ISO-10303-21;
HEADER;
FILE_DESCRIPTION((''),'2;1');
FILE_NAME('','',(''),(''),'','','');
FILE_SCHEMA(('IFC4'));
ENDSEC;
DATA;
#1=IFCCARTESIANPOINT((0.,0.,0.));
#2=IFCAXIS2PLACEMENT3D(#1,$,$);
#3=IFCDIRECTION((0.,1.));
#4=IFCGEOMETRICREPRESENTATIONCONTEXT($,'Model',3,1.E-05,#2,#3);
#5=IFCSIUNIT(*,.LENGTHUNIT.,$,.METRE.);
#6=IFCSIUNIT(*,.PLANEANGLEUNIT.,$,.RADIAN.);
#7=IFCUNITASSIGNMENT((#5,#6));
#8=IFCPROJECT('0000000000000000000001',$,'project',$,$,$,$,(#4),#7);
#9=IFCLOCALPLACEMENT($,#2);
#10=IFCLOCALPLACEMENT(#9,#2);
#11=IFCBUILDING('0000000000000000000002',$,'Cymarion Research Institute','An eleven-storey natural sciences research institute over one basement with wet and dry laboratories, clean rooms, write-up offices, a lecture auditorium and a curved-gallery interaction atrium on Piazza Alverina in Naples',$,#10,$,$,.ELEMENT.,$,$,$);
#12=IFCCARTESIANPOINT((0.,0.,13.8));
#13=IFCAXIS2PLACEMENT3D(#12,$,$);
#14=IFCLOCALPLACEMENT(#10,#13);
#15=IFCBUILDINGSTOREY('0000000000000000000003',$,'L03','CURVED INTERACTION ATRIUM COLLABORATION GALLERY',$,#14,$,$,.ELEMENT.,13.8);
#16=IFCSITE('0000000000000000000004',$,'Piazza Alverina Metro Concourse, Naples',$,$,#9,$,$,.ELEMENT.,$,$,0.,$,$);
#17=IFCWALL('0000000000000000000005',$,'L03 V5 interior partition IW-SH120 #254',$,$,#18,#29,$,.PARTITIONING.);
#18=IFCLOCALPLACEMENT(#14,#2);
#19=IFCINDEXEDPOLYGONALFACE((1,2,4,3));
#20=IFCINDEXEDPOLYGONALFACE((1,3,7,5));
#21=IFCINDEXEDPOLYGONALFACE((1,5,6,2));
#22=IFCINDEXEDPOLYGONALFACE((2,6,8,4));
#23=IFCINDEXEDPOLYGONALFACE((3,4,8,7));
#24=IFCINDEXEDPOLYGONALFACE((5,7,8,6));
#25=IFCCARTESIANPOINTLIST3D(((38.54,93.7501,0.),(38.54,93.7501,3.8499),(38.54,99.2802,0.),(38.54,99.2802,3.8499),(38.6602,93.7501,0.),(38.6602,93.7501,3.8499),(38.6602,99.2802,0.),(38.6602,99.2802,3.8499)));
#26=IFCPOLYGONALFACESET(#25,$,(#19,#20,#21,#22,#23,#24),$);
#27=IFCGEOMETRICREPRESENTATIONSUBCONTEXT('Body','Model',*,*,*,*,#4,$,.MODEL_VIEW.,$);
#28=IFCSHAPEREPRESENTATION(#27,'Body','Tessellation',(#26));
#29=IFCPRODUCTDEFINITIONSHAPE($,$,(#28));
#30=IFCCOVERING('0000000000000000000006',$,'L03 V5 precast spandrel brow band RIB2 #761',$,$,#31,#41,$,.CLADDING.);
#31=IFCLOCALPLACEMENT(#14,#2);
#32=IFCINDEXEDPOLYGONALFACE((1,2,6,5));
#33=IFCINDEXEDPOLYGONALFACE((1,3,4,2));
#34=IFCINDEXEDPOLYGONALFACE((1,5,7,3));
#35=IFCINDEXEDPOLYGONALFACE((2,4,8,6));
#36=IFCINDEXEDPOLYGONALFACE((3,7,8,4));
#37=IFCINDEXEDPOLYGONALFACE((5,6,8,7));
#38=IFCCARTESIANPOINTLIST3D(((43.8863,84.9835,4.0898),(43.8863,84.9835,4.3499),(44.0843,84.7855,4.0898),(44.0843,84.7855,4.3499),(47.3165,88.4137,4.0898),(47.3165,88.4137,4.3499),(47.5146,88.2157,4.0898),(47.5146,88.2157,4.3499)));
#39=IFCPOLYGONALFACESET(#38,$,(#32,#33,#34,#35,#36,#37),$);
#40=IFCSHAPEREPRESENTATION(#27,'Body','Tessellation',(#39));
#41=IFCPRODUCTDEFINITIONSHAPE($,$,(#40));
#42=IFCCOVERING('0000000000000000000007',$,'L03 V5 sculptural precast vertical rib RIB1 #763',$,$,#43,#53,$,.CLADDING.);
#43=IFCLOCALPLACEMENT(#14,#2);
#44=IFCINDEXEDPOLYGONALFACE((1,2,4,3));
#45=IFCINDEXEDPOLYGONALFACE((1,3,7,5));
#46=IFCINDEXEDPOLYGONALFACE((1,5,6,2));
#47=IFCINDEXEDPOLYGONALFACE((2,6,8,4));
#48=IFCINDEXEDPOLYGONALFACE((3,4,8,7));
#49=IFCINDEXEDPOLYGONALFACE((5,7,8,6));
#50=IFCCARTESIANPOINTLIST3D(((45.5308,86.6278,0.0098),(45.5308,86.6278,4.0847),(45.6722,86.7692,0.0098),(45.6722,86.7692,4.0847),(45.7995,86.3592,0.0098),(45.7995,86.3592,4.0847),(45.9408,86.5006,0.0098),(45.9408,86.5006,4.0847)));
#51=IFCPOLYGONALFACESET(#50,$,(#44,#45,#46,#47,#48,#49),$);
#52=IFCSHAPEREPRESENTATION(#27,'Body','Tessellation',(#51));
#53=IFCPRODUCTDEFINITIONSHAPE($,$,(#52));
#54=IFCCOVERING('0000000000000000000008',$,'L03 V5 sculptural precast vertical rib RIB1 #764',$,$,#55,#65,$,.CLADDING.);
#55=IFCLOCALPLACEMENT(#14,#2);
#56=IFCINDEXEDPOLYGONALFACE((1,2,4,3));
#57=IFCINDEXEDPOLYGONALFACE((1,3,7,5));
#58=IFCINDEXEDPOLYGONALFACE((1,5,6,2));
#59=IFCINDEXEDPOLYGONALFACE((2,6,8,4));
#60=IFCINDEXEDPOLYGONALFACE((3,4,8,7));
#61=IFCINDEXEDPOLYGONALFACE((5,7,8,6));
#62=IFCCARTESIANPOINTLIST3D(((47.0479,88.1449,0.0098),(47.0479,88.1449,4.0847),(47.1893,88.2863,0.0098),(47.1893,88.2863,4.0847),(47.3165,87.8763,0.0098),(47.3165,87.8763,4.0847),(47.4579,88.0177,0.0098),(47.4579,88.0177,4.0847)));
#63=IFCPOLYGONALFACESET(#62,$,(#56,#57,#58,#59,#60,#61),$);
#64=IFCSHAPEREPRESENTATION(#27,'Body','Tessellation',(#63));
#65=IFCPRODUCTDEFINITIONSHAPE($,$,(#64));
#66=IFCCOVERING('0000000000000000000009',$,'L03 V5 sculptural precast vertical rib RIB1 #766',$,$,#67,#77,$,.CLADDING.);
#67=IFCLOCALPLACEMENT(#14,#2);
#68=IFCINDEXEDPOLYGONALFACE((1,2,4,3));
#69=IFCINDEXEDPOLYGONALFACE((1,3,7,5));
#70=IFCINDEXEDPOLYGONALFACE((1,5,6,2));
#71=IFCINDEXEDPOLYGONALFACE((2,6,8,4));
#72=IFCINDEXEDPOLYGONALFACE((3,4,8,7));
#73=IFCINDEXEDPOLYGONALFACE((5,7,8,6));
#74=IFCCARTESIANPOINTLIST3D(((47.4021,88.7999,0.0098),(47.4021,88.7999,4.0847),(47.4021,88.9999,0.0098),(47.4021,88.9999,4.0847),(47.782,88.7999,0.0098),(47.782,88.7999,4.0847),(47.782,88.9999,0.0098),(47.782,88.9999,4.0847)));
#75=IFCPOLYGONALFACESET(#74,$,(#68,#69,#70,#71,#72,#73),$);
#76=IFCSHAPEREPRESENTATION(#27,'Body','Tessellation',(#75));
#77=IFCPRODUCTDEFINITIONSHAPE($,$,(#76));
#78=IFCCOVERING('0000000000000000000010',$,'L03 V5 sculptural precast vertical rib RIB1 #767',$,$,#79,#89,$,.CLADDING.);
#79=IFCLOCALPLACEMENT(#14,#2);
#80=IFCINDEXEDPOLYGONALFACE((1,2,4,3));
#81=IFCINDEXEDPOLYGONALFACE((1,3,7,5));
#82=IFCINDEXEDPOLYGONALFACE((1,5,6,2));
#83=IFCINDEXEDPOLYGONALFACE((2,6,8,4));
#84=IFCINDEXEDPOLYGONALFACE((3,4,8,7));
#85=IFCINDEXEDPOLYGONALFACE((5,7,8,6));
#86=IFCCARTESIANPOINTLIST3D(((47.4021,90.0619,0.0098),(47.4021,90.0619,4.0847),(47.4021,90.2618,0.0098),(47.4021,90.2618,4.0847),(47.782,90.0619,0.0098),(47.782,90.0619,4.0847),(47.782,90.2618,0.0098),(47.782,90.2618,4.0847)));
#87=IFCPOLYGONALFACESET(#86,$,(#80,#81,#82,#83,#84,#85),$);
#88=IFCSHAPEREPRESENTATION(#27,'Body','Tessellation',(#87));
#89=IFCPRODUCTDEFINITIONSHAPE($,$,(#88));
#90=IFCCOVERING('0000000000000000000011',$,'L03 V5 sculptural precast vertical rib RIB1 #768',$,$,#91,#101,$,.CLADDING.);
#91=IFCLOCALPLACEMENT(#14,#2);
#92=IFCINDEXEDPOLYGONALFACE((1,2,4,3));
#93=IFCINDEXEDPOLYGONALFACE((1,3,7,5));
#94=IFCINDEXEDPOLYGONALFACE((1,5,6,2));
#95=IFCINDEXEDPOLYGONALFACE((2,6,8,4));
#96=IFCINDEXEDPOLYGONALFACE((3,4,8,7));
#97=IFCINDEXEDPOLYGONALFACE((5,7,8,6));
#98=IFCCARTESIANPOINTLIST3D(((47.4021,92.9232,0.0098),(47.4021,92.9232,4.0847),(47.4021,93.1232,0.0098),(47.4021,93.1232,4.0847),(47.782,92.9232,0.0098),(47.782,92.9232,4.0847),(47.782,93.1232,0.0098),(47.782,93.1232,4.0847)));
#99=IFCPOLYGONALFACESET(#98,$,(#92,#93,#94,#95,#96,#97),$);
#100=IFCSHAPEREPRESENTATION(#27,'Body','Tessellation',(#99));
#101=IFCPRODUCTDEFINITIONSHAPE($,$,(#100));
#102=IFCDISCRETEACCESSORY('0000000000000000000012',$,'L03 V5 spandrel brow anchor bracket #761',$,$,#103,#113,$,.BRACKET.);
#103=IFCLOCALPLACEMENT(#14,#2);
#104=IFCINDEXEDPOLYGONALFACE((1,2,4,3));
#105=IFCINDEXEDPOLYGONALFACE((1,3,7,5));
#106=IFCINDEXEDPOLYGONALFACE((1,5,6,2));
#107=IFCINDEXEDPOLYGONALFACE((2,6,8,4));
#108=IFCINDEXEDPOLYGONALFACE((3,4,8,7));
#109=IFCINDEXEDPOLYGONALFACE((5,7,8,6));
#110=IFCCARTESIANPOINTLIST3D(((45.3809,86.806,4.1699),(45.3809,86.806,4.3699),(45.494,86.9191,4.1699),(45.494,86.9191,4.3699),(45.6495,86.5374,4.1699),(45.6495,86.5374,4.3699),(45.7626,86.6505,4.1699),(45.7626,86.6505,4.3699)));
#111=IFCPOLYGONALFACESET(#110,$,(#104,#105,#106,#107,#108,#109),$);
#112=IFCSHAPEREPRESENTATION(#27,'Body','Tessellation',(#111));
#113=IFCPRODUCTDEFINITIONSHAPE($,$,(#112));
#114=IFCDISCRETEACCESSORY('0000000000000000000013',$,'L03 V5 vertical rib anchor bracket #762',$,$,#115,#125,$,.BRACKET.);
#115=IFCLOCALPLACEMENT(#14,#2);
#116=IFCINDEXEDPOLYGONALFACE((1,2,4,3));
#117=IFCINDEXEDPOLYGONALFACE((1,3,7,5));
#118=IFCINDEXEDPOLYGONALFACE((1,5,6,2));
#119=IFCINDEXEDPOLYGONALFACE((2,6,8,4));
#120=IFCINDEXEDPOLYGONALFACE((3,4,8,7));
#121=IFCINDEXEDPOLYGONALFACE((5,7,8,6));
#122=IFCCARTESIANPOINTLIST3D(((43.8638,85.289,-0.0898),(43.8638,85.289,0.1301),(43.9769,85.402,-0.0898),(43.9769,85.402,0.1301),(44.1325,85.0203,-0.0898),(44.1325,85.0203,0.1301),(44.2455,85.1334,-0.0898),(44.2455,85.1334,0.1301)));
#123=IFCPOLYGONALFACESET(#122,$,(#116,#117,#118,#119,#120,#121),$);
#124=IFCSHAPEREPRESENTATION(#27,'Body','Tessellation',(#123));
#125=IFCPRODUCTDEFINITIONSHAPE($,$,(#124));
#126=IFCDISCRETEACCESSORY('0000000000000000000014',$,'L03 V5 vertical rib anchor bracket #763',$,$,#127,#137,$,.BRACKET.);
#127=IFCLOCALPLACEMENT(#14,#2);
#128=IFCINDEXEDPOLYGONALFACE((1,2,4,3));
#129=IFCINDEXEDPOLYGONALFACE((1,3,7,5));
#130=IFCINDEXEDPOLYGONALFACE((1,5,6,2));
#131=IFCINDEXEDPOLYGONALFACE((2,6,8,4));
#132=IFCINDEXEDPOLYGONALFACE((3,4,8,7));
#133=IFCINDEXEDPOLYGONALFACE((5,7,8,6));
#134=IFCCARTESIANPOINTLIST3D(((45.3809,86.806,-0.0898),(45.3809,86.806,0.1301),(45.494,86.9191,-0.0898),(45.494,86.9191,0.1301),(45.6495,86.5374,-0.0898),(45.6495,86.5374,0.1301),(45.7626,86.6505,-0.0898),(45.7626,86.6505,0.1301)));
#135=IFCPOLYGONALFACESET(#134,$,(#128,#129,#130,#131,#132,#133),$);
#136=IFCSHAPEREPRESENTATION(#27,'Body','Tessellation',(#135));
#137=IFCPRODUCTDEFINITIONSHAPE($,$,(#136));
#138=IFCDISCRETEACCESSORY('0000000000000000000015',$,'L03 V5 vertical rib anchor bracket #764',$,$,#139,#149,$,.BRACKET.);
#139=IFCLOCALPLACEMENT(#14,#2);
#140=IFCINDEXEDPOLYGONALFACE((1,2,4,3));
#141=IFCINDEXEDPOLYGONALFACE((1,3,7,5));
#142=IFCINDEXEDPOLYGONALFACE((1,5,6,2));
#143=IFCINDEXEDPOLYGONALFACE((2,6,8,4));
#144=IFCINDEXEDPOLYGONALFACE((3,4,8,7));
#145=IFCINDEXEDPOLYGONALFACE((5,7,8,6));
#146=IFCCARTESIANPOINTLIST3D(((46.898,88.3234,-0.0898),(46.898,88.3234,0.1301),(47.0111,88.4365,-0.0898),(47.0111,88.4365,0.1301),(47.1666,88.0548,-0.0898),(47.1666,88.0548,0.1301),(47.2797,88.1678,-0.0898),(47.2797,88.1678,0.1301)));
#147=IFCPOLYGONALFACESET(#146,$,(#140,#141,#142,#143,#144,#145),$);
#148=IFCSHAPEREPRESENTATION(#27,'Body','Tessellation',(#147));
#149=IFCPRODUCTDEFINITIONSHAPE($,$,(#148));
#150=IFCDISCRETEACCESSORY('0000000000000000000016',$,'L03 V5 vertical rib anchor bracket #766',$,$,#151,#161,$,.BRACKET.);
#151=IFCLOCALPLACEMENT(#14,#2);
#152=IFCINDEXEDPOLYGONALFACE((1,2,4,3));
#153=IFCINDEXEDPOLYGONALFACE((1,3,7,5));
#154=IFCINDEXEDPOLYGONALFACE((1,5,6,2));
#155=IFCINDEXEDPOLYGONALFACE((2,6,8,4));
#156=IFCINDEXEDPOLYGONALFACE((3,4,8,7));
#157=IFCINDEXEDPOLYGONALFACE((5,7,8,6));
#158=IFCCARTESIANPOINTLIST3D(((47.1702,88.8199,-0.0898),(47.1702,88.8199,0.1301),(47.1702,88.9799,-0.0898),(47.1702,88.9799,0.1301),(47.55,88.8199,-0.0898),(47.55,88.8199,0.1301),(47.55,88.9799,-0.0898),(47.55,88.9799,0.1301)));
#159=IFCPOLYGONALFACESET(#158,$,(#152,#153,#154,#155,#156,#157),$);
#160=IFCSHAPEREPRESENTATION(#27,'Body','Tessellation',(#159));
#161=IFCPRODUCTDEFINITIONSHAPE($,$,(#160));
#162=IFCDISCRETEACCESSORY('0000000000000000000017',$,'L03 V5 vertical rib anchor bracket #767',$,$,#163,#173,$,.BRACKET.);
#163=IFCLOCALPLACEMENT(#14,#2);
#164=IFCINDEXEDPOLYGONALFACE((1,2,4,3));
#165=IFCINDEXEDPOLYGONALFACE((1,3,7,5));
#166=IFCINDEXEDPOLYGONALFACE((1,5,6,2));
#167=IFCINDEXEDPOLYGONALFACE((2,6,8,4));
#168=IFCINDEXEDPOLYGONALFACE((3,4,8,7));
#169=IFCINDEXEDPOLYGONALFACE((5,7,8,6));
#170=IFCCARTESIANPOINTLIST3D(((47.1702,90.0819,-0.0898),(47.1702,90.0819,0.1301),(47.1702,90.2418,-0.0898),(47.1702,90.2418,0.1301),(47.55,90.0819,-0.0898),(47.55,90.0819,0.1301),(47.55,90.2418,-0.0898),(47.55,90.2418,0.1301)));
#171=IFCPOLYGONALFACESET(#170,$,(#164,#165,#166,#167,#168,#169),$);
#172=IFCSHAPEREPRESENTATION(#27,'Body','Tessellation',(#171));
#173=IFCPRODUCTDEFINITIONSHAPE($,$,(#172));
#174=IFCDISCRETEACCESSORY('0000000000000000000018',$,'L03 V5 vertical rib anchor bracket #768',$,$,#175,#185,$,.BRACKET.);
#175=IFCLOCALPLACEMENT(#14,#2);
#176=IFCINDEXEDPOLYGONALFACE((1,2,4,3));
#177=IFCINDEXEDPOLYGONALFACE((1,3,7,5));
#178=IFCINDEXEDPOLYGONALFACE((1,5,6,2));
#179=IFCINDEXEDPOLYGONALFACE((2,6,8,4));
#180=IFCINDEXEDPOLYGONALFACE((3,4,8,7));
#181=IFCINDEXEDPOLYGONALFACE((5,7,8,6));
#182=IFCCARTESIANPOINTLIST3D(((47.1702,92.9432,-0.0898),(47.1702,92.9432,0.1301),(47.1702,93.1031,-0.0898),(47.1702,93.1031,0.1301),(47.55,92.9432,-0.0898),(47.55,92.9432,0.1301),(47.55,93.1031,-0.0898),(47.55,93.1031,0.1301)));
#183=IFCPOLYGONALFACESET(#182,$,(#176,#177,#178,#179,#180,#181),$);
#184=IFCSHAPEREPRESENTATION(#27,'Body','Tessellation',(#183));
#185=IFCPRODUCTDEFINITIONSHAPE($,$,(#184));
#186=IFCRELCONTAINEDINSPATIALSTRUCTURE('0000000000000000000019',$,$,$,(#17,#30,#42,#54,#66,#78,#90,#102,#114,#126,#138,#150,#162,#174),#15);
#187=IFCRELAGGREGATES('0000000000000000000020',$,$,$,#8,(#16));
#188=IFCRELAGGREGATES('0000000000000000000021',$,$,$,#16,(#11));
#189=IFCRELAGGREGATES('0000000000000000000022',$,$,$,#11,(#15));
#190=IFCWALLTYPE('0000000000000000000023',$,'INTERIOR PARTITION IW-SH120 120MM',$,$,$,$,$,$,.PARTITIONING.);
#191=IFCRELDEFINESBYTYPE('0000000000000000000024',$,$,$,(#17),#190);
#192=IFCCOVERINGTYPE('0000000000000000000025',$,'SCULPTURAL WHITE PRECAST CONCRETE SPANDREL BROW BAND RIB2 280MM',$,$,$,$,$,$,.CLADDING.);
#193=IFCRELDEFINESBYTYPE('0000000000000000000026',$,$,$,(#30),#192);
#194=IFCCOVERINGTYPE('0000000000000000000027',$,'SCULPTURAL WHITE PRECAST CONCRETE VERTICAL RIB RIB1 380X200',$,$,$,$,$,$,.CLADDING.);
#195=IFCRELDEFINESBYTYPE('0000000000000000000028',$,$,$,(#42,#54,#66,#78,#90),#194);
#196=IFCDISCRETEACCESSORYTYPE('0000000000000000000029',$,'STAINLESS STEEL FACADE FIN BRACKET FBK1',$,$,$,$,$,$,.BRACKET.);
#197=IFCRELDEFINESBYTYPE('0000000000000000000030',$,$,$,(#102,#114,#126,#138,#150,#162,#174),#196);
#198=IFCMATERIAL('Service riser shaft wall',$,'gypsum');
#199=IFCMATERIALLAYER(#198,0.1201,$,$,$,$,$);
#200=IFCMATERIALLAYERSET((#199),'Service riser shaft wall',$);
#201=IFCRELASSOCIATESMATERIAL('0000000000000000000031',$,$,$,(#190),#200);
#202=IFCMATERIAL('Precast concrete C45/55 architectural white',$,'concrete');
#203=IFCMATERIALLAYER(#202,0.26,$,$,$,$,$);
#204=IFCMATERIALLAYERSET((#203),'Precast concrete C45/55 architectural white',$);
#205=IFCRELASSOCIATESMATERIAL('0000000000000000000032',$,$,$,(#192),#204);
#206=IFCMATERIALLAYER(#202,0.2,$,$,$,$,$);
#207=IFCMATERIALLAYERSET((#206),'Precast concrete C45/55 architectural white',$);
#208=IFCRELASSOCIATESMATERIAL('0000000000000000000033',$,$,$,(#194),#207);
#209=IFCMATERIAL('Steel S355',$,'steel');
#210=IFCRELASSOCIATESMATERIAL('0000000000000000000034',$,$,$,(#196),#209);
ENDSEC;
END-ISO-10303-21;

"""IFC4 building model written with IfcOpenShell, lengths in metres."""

from ifc_helpers import new_model, si_unit, direction, frame, frame_2d, origin, origin_2d, place, context, subcontext, project, spatial, rectangle, extrude, material, layer, layer_set, type_object, element, save


model = new_model("IFC4")

# Units and contexts
model_context = context("Model", 3, precision=1e-05, world=origin(), true_north=direction((0.0, 1.0)))
body_context = subcontext(model_context, "Body", "Model", "MODEL_VIEW")
ifc_project = project(units=[si_unit("LENGTHUNIT", "METRE"), si_unit("PLANEANGLEUNIT", "RADIAN")], contexts=[model_context])

# Site, building, storey
site_placement = place(None, origin())
site = spatial("IfcSite", under=ifc_project, at=site_placement, Name="Piazza Alverina Metro Concourse, Naples", CompositionType="ELEMENT", RefElevation=0.0)
building_placement = place(site_placement, origin())
building = spatial("IfcBuilding", under=site, at=building_placement, Name="Cymarion Research Institute", Description="An eleven-storey natural sciences research institute over one basement with wet and dry laboratories, clean rooms, write-up offices, a lecture auditorium and a curved-gallery interaction atrium on Piazza Alverina in Naples", CompositionType="ELEMENT")
storey_placement = place(building_placement, frame((0.0, 0.0, 13.8)))
storey = spatial("IfcBuildingStorey", under=building, at=storey_placement, Name="L03", Description="CURVED INTERACTION ATRIUM COLLABORATION GALLERY", CompositionType="ELEMENT", Elevation=13.8)

# Shared definitions
ifc_material_1 = material(Name="Steel S355", Category="steel")

# Shared definitions
ifc_material_2 = material(Name="Service riser shaft wall", Category="gypsum")
ifc_layer_1 = layer(ifc_material_2, 0.1201)
ifc_layer_set_1 = layer_set([ifc_layer_1], Name="Service riser shaft wall")
wall_type_1 = type_object("IfcWallType", Name="INTERIOR PARTITION IW-SH120 120MM", PredefinedType="PARTITIONING", material=ifc_layer_set_1)

# Wall
wall_1_placement = place(storey_placement, frame((38.6001, 93.75, 0.0), z_axis=(0.0, 0.0, 1.0), x_axis=(0.0, 1.0, 0.0)))
element("IfcWall", 1, at=wall_1_placement, inside=storey, type_object=wall_type_1, Name="L03 V5 interior partition IW-SH120 #254", PredefinedType="PARTITIONING", context=body_context, shape_type="SweptSolid", body=[
    extrude(rectangle(XDim=5.53, YDim=0.1201, at=frame_2d((2.7651, 0.0))), origin(), (0.0, 0.0, 1.0), 3.8499),
])

# Coverings
ifc_material_3 = material(Name="Precast concrete C45/55 architectural white", Category="concrete")
ifc_layer_2 = layer(ifc_material_3, 0.26)
ifc_layer_set_2 = layer_set([ifc_layer_2], Name="Precast concrete C45/55 architectural white")
covering_type_1 = type_object("IfcCoveringType", Name="SCULPTURAL WHITE PRECAST CONCRETE SPANDREL BROW BAND RIB2 280MM", PredefinedType="CLADDING", material=ifc_layer_set_2)
covering_placement = place(storey_placement, frame((45.7004, 86.5996, 4.0898), z_axis=(0.0, 0.0, 1.0), x_axis=(0.707107, -0.707107, 0.0)))
element("IfcCovering", 2, at=covering_placement, inside=storey, type_object=covering_type_1, Name="L03 V5 precast spandrel brow band RIB2 #761", PredefinedType="CLADDING", context=body_context, shape_type="SweptSolid", body=[
    extrude(rectangle(XDim=0.28, YDim=4.8511, at=origin_2d()), origin(), (0.0, 0.0, 1.0), 0.26),
])
ifc_layer_3 = layer(ifc_material_3, 0.2)
ifc_layer_set_3 = layer_set([ifc_layer_3], Name="Precast concrete C45/55 architectural white")
covering_type_2 = type_object("IfcCoveringType", Name="SCULPTURAL WHITE PRECAST CONCRETE VERTICAL RIB RIB1 380X200", PredefinedType="CLADDING", material=ifc_layer_set_3)
for number, where, z_axis, x_axis, name in (
    (3, (45.7358, 86.5642, 0.0098), (0.0, 0.0, 1.0), (0.707107, -0.707107, 0.0), "L03 V5 sculptural precast vertical rib RIB1 #763"),
    (4, (47.2529, 88.0813, 0.0098), (0.0, 0.0, 1.0), (0.707107, -0.707107, 0.0), "L03 V5 sculptural precast vertical rib RIB1 #764"),
    (5, (47.592, 88.8999, 0.0098), (0.0, 0.0, 1.0), (1.0, 0.0, 0.0), "L03 V5 sculptural precast vertical rib RIB1 #766"),
    (6, (47.592, 90.1619, 0.0098), (0.0, 0.0, 1.0), (1.0, 0.0, 0.0), "L03 V5 sculptural precast vertical rib RIB1 #767"),
    (7, (47.592, 93.0232, 0.0098), (0.0, 0.0, 1.0), (1.0, 0.0, 0.0), "L03 V5 sculptural precast vertical rib RIB1 #768"),
):
    element("IfcCovering", number, at=place(storey_placement, frame(where, z_axis=z_axis, x_axis=x_axis)), inside=storey, type_object=covering_type_2, Name=name, PredefinedType="CLADDING", context=body_context, shape_type="SweptSolid", body=[
        extrude(rectangle(XDim=0.3799, YDim=0.2, at=origin_2d()), origin(), (0.0, 0.0, 1.0), 4.075),
    ])

# Discrete accessories
discrete_accessory_type = type_object("IfcDiscreteAccessoryType", Name="STAINLESS STEEL FACADE FIN BRACKET FBK1", PredefinedType="BRACKET", material=ifc_material_1)
discrete_accessory_placement = place(storey_placement, frame((45.5718, 86.7283, 4.1699), z_axis=(0.0, 0.0, 1.0), x_axis=(0.707107, -0.707107, 0.0)))
element("IfcDiscreteAccessory", 8, at=discrete_accessory_placement, inside=storey, type_object=discrete_accessory_type, Name="L03 V5 spandrel brow anchor bracket #761", PredefinedType="BRACKET", context=body_context, shape_type="SweptSolid", body=[
    extrude(rectangle(XDim=0.3799, YDim=0.1599, at=origin_2d()), origin(), (0.0, 0.0, 1.0), 0.2),
])
for number, where, z_axis, x_axis, name in (
    (9, (44.0547, 85.2112, -0.0898), (0.0, 0.0, 1.0), (0.707107, -0.707107, 0.0), "L03 V5 vertical rib anchor bracket #762"),
    (10, (45.5718, 86.7283, -0.0898), (0.0, 0.0, 1.0), (0.707107, -0.707107, 0.0), "L03 V5 vertical rib anchor bracket #763"),
    (11, (47.0889, 88.2456, -0.0898), (0.0, 0.0, 1.0), (0.707107, -0.707107, 0.0), "L03 V5 vertical rib anchor bracket #764"),
    (12, (47.3601, 88.8999, -0.0898), (0.0, 0.0, 1.0), (1.0, 0.0, 0.0), "L03 V5 vertical rib anchor bracket #766"),
    (13, (47.3601, 90.1619, -0.0898), (0.0, 0.0, 1.0), (1.0, 0.0, 0.0), "L03 V5 vertical rib anchor bracket #767"),
    (14, (47.3601, 93.0232, -0.0898), (0.0, 0.0, 1.0), (1.0, 0.0, 0.0), "L03 V5 vertical rib anchor bracket #768"),
):
    element("IfcDiscreteAccessory", number, at=place(storey_placement, frame(where, z_axis=z_axis, x_axis=x_axis)), inside=storey, type_object=discrete_accessory_type, Name=name, PredefinedType="BRACKET", context=body_context, shape_type="SweptSolid", body=[
        extrude(rectangle(XDim=0.3799, YDim=0.1599, at=origin_2d()), origin(), (0.0, 0.0, 1.0), 0.22),
    ])

save(model, "model.ifc")
